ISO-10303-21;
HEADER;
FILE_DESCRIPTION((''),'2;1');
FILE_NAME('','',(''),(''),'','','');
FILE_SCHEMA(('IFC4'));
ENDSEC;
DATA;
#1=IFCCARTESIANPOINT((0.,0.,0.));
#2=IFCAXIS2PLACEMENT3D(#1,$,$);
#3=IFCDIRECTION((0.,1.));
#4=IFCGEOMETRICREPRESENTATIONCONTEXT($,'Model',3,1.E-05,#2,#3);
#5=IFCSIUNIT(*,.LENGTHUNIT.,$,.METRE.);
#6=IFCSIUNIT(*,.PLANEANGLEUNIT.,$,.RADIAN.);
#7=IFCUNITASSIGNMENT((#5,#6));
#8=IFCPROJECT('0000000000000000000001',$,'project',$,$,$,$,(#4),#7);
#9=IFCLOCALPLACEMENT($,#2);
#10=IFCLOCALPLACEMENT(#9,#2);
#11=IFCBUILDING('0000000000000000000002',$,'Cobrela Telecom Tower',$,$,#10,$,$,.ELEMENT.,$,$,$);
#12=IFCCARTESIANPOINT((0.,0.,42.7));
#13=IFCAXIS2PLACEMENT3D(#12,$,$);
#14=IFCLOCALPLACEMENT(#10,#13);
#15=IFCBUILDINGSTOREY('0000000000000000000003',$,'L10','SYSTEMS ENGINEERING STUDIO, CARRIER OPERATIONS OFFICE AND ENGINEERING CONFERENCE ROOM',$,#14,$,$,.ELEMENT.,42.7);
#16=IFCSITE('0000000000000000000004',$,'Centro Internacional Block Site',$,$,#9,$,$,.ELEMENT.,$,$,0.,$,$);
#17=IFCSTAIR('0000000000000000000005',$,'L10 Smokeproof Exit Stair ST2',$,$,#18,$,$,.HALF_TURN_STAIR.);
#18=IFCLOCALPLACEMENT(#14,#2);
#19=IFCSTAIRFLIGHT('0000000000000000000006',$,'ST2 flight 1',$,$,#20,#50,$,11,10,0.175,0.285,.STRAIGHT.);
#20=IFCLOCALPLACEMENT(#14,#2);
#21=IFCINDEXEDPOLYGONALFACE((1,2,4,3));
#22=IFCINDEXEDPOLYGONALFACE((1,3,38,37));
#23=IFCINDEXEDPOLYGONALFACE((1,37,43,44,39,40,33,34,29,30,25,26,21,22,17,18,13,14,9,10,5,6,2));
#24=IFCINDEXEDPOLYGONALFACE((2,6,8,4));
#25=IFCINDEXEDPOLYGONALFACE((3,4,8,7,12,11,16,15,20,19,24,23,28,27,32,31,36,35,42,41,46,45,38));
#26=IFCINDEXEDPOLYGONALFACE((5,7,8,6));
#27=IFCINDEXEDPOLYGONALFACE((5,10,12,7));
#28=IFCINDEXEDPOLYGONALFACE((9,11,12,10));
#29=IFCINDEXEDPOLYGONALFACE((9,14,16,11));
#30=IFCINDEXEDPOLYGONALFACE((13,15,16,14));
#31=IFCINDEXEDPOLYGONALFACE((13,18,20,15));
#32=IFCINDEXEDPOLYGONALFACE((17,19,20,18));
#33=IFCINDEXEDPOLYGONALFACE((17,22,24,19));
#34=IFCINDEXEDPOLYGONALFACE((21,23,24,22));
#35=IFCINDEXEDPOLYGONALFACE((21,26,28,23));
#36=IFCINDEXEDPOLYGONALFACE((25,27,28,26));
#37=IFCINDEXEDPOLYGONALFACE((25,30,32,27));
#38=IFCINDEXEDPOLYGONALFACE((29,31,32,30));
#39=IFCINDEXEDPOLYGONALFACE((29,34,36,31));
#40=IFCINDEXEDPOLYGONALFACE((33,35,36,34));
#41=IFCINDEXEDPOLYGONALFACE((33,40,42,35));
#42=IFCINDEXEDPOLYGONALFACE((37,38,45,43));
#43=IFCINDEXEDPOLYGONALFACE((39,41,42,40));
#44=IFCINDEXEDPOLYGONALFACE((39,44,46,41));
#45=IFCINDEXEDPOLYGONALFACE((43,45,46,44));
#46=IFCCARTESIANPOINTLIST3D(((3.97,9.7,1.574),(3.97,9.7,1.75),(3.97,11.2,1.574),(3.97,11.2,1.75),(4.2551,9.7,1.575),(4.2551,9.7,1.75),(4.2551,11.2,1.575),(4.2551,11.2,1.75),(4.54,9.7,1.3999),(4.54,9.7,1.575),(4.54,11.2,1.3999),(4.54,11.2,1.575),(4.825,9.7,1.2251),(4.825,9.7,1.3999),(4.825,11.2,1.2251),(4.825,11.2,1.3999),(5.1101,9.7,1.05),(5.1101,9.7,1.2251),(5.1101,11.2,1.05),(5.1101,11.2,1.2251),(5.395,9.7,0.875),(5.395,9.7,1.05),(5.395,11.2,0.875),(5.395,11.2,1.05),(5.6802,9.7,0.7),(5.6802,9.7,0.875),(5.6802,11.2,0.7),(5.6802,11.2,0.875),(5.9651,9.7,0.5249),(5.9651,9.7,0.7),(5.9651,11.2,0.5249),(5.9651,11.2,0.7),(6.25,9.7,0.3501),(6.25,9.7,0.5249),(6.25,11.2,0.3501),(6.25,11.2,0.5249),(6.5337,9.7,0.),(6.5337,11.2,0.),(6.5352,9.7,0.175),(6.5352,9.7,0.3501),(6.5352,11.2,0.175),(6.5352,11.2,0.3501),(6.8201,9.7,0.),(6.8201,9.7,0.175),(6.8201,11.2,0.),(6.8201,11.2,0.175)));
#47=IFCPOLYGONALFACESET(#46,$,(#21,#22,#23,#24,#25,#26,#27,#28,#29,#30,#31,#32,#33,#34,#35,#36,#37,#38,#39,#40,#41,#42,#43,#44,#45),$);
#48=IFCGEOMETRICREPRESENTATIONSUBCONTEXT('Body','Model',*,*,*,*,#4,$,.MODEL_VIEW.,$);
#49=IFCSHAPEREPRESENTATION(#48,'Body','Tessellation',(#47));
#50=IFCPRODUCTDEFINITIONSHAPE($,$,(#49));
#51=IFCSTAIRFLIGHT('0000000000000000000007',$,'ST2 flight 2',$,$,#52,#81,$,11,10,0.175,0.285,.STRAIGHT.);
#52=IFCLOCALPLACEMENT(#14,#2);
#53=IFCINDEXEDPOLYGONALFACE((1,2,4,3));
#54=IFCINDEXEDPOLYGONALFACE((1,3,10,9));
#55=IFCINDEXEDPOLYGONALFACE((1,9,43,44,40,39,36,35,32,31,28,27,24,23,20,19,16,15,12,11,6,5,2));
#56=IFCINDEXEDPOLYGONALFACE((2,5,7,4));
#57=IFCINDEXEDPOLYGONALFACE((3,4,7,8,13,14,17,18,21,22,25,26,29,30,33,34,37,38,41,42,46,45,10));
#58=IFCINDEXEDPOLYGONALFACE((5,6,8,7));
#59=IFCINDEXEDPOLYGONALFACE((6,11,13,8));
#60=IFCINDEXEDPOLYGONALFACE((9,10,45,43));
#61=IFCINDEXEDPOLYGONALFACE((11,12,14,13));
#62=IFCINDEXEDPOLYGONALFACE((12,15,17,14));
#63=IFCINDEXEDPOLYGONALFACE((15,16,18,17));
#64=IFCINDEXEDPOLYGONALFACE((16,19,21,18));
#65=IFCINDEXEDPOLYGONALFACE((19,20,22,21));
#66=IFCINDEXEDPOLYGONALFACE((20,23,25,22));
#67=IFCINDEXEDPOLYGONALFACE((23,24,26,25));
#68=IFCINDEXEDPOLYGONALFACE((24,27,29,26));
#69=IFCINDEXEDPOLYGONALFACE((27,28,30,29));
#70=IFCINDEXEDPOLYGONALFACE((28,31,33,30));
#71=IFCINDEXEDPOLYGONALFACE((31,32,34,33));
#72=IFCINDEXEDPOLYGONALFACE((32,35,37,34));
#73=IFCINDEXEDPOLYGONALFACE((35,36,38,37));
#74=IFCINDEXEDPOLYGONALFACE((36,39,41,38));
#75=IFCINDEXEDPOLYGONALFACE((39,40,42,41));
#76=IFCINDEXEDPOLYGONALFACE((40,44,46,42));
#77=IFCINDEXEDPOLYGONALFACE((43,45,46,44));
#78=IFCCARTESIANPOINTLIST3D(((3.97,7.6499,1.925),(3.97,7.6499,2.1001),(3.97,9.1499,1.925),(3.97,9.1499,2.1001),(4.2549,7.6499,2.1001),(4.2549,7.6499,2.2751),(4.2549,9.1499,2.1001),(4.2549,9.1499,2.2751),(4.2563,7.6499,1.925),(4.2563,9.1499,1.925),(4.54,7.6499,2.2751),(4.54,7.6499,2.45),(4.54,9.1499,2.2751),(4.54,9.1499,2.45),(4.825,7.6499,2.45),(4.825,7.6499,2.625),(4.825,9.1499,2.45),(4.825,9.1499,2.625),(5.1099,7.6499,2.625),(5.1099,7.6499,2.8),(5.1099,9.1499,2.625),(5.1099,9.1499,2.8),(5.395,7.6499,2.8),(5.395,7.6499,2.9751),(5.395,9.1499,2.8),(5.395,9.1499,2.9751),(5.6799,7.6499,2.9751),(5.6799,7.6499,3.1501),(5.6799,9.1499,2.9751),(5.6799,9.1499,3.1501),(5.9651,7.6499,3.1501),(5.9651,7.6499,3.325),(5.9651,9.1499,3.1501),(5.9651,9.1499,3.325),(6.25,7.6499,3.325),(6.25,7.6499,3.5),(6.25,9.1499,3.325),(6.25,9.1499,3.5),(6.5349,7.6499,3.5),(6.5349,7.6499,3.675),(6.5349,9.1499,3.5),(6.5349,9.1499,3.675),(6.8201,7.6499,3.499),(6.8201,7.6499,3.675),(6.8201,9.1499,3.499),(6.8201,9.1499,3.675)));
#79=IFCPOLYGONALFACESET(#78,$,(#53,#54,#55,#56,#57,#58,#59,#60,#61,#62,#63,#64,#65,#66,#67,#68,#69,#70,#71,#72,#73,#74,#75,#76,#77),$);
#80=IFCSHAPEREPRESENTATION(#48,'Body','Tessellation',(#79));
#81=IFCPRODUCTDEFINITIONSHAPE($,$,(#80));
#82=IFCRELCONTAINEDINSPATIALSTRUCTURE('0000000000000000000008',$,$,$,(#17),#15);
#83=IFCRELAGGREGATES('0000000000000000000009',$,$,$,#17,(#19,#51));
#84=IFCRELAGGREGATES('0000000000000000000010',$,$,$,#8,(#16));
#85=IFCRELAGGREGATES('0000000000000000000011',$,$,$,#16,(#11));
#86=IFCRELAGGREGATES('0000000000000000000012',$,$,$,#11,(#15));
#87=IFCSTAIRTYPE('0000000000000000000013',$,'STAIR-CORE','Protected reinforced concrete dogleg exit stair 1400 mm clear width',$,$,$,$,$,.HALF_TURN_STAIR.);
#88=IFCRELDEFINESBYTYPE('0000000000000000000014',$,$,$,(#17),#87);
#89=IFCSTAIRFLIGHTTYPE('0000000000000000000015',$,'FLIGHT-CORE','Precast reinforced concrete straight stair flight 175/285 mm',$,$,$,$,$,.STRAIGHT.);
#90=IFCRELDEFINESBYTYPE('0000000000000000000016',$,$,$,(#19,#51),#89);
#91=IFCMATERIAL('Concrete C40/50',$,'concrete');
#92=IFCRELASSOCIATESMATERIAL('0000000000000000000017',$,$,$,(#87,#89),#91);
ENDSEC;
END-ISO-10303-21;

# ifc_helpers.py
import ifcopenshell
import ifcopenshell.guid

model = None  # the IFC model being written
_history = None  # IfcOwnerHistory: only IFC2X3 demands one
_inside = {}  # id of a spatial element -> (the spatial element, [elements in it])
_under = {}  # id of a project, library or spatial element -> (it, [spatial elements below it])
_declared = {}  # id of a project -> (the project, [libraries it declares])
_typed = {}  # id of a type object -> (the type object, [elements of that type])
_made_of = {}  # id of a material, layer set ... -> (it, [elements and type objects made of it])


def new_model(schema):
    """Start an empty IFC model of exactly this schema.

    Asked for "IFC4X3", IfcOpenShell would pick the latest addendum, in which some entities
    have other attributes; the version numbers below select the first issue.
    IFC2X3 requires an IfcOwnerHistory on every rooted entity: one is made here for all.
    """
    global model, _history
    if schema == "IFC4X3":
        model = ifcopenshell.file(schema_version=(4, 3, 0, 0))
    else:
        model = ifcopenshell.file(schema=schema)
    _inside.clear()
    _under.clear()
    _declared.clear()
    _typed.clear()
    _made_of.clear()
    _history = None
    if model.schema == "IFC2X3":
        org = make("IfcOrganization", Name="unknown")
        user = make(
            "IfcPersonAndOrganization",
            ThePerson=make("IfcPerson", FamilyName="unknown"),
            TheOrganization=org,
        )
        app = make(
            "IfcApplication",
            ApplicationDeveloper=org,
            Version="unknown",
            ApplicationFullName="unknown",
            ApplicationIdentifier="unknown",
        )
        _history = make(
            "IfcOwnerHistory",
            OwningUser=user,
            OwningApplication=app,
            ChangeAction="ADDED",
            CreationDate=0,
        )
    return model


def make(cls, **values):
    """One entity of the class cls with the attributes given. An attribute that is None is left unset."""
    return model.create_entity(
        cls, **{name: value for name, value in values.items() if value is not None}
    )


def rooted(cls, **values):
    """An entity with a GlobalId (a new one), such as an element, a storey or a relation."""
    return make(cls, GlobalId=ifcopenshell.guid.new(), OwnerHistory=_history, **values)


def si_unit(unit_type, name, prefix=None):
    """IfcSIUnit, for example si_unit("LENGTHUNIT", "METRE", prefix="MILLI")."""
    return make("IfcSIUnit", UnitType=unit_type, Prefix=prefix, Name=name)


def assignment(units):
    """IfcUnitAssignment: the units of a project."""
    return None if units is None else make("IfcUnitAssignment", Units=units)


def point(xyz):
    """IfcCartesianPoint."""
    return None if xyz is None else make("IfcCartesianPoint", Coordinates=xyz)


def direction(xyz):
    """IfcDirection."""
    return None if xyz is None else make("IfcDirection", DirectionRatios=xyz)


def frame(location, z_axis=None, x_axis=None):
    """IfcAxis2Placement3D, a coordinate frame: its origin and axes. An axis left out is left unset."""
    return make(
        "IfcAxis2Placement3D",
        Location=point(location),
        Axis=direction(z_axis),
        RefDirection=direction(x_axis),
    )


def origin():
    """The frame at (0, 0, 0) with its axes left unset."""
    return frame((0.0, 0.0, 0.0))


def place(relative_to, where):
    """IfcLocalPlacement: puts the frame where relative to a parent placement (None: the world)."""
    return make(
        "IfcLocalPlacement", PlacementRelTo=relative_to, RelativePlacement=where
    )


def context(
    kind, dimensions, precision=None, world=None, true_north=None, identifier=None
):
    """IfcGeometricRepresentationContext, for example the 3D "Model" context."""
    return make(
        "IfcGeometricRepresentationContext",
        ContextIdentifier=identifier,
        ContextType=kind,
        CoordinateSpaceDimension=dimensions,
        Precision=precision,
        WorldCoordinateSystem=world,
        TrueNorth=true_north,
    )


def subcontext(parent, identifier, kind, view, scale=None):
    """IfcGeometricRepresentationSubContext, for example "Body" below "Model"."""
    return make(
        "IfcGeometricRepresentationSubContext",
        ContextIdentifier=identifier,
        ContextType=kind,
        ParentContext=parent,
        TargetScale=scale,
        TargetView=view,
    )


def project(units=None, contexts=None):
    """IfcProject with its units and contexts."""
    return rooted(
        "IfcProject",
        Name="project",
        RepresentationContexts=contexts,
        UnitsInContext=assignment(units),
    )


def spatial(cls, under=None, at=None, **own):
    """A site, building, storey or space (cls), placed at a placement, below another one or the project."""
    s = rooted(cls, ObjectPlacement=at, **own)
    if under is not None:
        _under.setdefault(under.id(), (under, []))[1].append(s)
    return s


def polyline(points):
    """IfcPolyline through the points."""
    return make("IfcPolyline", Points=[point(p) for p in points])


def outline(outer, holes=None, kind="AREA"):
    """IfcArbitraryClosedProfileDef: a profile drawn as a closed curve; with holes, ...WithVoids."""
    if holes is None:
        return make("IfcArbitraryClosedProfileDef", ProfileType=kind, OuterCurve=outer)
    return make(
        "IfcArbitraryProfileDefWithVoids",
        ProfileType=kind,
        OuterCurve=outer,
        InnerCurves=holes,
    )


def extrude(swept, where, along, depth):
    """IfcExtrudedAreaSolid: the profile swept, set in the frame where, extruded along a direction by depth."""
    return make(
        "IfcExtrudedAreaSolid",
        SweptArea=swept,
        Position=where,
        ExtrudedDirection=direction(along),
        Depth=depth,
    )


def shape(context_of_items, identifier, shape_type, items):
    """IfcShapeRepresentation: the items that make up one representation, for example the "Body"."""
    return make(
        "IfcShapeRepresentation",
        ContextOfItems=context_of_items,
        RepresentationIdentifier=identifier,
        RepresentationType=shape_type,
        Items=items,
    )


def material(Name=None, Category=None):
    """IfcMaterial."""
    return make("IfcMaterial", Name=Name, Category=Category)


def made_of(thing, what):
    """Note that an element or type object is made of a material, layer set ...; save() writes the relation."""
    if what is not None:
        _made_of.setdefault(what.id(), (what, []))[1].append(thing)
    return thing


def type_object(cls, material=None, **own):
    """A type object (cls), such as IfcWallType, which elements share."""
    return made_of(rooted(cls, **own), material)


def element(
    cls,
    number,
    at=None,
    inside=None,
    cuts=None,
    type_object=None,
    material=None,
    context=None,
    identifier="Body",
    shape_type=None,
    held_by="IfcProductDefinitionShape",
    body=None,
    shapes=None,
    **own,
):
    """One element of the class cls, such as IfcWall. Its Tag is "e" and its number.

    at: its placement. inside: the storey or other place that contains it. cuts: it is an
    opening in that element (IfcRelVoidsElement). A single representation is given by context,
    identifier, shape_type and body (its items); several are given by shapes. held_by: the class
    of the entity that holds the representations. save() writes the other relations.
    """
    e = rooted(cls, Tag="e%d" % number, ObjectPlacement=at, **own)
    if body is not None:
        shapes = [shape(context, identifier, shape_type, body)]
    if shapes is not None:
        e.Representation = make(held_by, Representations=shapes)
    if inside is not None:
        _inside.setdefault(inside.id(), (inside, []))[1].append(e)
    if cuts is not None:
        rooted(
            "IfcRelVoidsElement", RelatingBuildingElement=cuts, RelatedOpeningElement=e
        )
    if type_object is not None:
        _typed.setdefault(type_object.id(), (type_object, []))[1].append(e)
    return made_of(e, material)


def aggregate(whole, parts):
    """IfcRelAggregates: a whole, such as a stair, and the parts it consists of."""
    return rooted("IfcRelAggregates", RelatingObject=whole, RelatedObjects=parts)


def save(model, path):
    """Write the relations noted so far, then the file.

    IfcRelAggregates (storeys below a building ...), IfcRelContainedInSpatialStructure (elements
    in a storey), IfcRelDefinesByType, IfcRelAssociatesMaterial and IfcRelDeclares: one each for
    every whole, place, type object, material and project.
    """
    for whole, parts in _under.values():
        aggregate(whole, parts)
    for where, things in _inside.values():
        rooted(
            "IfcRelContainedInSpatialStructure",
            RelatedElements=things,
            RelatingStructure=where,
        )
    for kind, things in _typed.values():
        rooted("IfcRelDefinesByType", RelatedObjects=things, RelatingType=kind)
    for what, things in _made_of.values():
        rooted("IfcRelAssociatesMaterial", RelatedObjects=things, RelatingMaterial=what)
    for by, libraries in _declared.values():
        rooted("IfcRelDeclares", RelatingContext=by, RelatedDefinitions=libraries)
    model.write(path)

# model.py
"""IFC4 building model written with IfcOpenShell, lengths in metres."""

from ifc_helpers import new_model, si_unit, direction, frame, origin, place, context, subcontext, project, spatial, polyline, outline, extrude, material, type_object, element, aggregate, save


model = new_model("IFC4")

# Units and contexts
model_context = context("Model", 3, precision=1e-05, world=origin(), true_north=direction((0.0, 1.0)))
body_context = subcontext(model_context, "Body", "Model", "MODEL_VIEW")
ifc_project = project(units=[si_unit("LENGTHUNIT", "METRE"), si_unit("PLANEANGLEUNIT", "RADIAN")], contexts=[model_context])

# Site, building, storey
site_placement = place(None, origin())
site = spatial("IfcSite", under=ifc_project, at=site_placement, Name="Centro Internacional Block Site", CompositionType="ELEMENT", RefElevation=0.0)
building_placement = place(site_placement, origin())
building = spatial("IfcBuilding", under=site, at=building_placement, Name="Cobrela Telecom Tower", CompositionType="ELEMENT")
storey_placement = place(building_placement, frame((0.0, 0.0, 42.7)))
storey = spatial("IfcBuildingStorey", under=building, at=storey_placement, Name="L10", Description="SYSTEMS ENGINEERING STUDIO, CARRIER OPERATIONS OFFICE AND ENGINEERING CONFERENCE ROOM", CompositionType="ELEMENT", Elevation=42.7)

# Shared definitions
ifc_material_1 = material(Name="Concrete C40/50", Category="concrete")

# Stair, stair flights
stair_type = type_object("IfcStairType", Name="STAIR-CORE", Description="Protected reinforced concrete dogleg exit stair 1400 mm clear width", PredefinedType="HALF_TURN_STAIR", material=ifc_material_1)
stair_placement = place(storey_placement, origin())
stair = element("IfcStair", 1, at=stair_placement, inside=storey, type_object=stair_type, Name="L10 Smokeproof Exit Stair ST2", PredefinedType="HALF_TURN_STAIR")
stair_flight_type = type_object("IfcStairFlightType", Name="FLIGHT-CORE", Description="Precast reinforced concrete straight stair flight 175/285 mm", PredefinedType="STRAIGHT", material=ifc_material_1)
stair_flight_1_placement = place(storey_placement, frame((6.8201, 10.45, 0.0), z_axis=(0.0, 0.0, 1.0), x_axis=(-1.0, 0.0, 0.0)))
stair_flight_1 = element("IfcStairFlight", 2, at=stair_flight_1_placement, type_object=stair_flight_type, Name="ST2 flight 1", NumberOfRisers=11, NumberOfTreads=10, PredefinedType="STRAIGHT", RiserHeight=0.175, TreadLength=0.285, context=body_context, shape_type="SweptSolid", body=[
    extrude(outline(polyline([(0.0, 0.0), (0.0, 0.175), (0.2849, 0.175), (0.2849, 0.3501), (0.5701, 0.3501), (0.5701, 0.5249), (0.855, 0.5249), (0.855, 0.7), (1.1399, 0.7), (1.1399, 0.875), (1.425, 0.875), (1.425, 1.05), (1.71, 1.05), (1.71, 1.2251), (1.9951, 1.2251), (1.9951, 1.3999), (2.28, 1.3999), (2.28, 1.575), (2.5649, 1.575), (2.5649, 1.75), (2.8501, 1.75), (2.8501, 1.925), (2.8501, 1.574), (0.2864, 0.0), (0.0, 0.0)])), frame((0.0, 0.75, 0.0), z_axis=(0.0, -1.0, 0.0), x_axis=(1.0, 0.0, 0.0)), (0.0, 0.0, 1.0), 1.5),
])
stair_flight_2_placement = place(storey_placement, frame((3.97, 8.3999, 1.925), z_axis=(0.0, 0.0, 1.0), x_axis=(1.0, 0.0, 0.0)))
stair_flight_2 = element("IfcStairFlight", 3, at=stair_flight_2_placement, type_object=stair_flight_type, Name="ST2 flight 2", NumberOfRisers=11, NumberOfTreads=10, PredefinedType="STRAIGHT", RiserHeight=0.175, TreadLength=0.285, context=body_context, shape_type="SweptSolid", body=[
    extrude(outline(polyline([(0.0, 0.0), (0.0, 0.175), (0.2849, 0.175), (0.2849, 0.3501), (0.5701, 0.3501), (0.5701, 0.5249), (0.855, 0.5249), (0.855, 0.7), (1.1399, 0.7), (1.1399, 0.875), (1.425, 0.875), (1.425, 1.05), (1.71, 1.05), (1.71, 1.2251), (1.9951, 1.2251), (1.9951, 1.3999), (2.28, 1.3999), (2.28, 1.575), (2.5649, 1.575), (2.5649, 1.75), (2.8501, 1.75), (2.8501, 1.925), (2.8501, 1.574), (0.2864, 0.0), (0.0, 0.0)])), frame((0.0, 0.75, 0.0), z_axis=(0.0, -1.0, 0.0), x_axis=(1.0, 0.0, 0.0)), (0.0, 0.0, 1.0), 1.5),
])
aggregate(stair, [stair_flight_1, stair_flight_2])

save(model, "model.ifc")
